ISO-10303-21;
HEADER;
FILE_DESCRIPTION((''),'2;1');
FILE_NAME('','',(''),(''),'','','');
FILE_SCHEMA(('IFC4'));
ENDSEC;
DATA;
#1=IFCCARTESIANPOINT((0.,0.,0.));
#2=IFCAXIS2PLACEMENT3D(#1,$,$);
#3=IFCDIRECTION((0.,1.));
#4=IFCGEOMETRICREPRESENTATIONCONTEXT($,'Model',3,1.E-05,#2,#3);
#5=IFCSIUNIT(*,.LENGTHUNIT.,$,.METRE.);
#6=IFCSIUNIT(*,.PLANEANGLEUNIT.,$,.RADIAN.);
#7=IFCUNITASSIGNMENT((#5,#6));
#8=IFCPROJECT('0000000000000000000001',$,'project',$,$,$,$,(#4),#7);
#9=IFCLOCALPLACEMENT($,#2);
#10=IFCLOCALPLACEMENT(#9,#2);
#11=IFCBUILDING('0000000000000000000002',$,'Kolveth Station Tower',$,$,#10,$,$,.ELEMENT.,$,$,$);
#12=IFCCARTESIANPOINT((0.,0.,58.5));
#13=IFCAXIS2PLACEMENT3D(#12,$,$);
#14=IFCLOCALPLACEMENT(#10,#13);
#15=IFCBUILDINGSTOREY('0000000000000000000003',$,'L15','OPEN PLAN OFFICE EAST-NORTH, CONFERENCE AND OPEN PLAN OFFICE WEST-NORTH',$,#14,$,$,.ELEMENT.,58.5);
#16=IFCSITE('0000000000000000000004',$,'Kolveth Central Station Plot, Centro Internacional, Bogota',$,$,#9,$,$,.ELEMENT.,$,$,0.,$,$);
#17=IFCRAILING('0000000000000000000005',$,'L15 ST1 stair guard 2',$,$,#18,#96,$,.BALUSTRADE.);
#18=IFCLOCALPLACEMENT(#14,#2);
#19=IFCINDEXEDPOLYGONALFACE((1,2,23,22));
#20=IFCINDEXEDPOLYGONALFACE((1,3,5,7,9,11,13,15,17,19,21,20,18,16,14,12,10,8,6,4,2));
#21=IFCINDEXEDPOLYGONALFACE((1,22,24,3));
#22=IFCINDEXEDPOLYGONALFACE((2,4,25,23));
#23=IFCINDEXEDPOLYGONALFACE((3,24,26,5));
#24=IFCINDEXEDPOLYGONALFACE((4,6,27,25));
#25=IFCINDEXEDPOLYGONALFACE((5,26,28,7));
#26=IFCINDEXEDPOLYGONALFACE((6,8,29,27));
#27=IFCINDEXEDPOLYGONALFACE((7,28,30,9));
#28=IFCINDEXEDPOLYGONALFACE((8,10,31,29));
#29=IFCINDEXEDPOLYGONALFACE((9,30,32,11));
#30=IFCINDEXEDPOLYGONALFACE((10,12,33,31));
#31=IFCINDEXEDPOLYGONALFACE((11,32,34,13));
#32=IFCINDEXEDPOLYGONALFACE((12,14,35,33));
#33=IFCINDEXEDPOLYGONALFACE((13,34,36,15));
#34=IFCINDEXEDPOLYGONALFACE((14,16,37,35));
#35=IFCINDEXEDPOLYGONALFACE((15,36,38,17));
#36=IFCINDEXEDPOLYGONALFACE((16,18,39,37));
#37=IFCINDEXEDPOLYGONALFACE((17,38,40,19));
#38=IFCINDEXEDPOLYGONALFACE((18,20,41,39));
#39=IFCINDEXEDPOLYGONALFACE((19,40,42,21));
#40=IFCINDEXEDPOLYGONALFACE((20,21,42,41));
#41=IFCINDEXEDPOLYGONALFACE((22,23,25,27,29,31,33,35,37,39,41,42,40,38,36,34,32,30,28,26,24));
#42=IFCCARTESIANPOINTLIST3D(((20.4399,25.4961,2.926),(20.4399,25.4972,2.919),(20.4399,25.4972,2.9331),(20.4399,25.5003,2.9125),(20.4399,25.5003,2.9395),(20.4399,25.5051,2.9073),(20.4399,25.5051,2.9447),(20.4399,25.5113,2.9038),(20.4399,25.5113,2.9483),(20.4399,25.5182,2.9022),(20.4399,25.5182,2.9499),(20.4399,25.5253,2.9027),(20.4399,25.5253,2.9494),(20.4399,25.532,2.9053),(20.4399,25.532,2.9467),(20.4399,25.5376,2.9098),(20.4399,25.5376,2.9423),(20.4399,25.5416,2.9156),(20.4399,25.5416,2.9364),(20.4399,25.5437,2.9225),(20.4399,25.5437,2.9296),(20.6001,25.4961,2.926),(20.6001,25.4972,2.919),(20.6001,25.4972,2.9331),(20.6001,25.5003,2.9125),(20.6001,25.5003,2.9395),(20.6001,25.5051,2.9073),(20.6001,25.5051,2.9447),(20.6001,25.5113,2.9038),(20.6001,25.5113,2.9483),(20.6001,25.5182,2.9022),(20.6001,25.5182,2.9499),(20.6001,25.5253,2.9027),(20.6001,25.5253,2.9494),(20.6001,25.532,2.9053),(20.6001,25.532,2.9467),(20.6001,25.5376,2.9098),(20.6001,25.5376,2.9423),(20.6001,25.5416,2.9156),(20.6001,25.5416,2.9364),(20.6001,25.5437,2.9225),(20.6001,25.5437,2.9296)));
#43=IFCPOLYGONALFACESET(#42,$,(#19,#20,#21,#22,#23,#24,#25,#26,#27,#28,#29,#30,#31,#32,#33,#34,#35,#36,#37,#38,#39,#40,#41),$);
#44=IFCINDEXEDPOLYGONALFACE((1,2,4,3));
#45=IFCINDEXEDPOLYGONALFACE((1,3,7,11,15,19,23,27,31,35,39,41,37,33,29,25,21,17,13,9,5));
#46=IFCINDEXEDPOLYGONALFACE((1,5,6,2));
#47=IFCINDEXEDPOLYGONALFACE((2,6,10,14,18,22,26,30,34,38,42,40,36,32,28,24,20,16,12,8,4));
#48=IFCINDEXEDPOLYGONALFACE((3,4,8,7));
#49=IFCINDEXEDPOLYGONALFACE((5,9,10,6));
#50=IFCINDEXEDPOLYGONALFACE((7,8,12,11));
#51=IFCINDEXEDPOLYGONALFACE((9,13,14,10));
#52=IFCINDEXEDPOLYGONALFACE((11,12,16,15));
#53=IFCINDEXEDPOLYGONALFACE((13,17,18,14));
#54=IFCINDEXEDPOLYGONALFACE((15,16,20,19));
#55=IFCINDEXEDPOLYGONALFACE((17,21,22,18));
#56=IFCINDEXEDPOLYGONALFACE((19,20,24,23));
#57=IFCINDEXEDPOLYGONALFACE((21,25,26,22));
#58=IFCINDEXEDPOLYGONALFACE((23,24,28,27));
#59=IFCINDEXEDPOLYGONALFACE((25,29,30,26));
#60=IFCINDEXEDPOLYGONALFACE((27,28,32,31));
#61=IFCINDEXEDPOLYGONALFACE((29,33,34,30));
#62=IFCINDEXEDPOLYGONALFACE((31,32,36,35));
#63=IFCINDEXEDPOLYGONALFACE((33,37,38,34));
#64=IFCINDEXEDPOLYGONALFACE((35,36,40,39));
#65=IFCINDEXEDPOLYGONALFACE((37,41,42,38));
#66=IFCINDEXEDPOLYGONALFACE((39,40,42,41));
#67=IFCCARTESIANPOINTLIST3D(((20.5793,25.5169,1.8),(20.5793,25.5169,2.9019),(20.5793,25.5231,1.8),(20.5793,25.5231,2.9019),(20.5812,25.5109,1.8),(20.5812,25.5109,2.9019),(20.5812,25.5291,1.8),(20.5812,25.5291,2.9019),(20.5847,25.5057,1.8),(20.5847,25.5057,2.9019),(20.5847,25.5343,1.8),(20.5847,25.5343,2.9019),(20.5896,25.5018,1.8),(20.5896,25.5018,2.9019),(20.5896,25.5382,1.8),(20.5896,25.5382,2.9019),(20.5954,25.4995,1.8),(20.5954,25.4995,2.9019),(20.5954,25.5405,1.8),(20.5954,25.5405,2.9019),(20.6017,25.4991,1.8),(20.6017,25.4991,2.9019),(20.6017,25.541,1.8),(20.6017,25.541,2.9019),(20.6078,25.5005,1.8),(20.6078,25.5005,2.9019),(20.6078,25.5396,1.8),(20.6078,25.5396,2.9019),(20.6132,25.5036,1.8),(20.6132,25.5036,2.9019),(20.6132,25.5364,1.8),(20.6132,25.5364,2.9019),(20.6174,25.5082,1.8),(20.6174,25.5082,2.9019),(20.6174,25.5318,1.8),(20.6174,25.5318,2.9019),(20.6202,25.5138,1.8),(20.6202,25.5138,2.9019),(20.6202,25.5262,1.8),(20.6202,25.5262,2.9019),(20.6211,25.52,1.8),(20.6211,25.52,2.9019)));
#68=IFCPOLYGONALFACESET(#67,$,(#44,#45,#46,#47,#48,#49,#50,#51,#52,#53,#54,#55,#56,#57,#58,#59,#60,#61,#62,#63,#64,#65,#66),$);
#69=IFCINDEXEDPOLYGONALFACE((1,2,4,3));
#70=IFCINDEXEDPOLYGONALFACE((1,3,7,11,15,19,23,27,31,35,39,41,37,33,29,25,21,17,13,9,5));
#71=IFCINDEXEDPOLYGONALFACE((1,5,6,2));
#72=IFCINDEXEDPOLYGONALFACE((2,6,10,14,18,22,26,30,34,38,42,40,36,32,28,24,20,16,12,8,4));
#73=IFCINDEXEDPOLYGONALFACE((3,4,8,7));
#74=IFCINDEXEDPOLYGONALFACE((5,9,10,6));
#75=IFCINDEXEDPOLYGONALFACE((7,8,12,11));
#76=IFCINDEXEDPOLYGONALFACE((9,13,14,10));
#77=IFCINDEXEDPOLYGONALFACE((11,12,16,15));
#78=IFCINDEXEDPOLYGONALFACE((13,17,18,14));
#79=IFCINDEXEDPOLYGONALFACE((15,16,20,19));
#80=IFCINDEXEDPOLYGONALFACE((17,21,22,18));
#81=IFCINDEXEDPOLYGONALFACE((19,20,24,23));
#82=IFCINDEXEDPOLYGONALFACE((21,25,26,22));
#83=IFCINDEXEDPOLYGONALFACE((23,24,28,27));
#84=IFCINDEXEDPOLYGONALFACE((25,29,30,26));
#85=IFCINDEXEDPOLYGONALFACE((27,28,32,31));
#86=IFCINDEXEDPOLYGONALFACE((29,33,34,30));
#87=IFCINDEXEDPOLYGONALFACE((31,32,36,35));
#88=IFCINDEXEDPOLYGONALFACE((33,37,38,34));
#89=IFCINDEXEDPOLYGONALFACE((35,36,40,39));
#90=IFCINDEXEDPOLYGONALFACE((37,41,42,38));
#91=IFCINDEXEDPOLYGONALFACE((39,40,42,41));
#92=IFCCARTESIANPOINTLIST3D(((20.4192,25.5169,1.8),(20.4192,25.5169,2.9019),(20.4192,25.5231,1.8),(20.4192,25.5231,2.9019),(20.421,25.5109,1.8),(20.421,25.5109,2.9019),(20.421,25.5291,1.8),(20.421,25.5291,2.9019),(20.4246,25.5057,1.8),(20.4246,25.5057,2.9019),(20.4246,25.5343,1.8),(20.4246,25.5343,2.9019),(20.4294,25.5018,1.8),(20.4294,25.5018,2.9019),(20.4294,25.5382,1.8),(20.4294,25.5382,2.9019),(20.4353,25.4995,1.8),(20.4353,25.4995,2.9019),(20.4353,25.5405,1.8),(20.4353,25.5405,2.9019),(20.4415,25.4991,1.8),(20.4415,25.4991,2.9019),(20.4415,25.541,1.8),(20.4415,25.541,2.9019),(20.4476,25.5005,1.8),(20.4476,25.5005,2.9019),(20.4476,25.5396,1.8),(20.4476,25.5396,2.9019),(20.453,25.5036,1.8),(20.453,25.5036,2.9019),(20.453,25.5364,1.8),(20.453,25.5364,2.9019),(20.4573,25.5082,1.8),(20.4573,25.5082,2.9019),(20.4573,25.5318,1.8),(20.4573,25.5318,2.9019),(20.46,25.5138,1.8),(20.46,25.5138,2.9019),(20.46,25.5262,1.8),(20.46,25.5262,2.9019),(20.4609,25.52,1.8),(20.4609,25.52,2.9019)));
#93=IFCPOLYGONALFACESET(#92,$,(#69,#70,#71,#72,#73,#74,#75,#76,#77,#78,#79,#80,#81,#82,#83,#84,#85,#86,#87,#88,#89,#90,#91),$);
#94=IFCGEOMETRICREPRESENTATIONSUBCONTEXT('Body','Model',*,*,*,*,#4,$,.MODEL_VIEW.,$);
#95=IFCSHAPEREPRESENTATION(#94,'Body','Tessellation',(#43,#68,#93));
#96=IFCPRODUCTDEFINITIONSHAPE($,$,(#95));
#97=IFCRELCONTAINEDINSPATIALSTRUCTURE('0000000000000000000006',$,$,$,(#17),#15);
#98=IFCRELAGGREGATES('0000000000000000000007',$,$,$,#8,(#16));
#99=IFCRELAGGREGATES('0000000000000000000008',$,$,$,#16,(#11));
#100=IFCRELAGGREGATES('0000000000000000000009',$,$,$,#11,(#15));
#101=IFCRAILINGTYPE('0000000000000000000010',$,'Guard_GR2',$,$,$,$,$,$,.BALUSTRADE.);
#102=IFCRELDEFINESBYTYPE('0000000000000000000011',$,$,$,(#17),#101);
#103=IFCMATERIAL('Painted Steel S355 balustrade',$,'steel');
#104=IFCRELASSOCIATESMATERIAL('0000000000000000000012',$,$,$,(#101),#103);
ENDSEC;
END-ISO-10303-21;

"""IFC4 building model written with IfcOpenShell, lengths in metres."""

from ifc_helpers import new_model, si_unit, direction, frame, origin, origin_2d, place, context, subcontext, project, spatial, circle, extrude, material, type_object, element, save


model = new_model("IFC4")

# Units and contexts
model_context = context("Model", 3, precision=1e-05, world=origin(), true_north=direction((0.0, 1.0)))
body_context = subcontext(model_context, "Body", "Model", "MODEL_VIEW")
ifc_project = project(units=[si_unit("LENGTHUNIT", "METRE"), si_unit("PLANEANGLEUNIT", "RADIAN")], contexts=[model_context])

# Site, building, storey
site_placement = place(None, origin())
site = spatial("IfcSite", under=ifc_project, at=site_placement, Name="Kolveth Central Station Plot, Centro Internacional, Bogota", CompositionType="ELEMENT", RefElevation=0.0)
building_placement = place(site_placement, origin())
building = spatial("IfcBuilding", under=site, at=building_placement, Name="Kolveth Station Tower", CompositionType="ELEMENT")
storey_placement = place(building_placement, frame((0.0, 0.0, 58.5)))
storey = spatial("IfcBuildingStorey", under=building, at=storey_placement, Name="L15", Description="OPEN PLAN OFFICE EAST-NORTH, CONFERENCE AND OPEN PLAN OFFICE WEST-NORTH", CompositionType="ELEMENT", Elevation=58.5)

# Railing
ifc_material_1 = material(Name="Painted Steel S355 balustrade", Category="steel")
railing_type_1 = type_object("IfcRailingType", Name="Guard_GR2", PredefinedType="BALUSTRADE", material=ifc_material_1)
railing_1_placement = place(storey_placement, frame((20.6001, 25.52, 1.8)))
element("IfcRailing", 1, at=railing_1_placement, inside=storey, type_object=railing_type_1, Name="L15 ST1 stair guard 2", PredefinedType="BALUSTRADE", context=body_context, shape_type="SweptSolid", body=[
    extrude(circle(Radius=0.0239, at=origin_2d()), frame((0.0, 0.0, 1.126), z_axis=(-1.0, 0.0, 0.0), x_axis=(0.0, -1.0, 0.0)), (0.0, 0.0, 1.0), 0.1602),
    extrude(circle(Radius=0.021, at=origin_2d()), origin(), (0.0, 0.0, 1.0), 1.1018),
    extrude(circle(Radius=0.021, at=origin_2d()), frame((-0.1602, 0.0, 0.0)), (0.0, 0.0, 1.0), 1.1018),
])

save(model, "model.ifc")
